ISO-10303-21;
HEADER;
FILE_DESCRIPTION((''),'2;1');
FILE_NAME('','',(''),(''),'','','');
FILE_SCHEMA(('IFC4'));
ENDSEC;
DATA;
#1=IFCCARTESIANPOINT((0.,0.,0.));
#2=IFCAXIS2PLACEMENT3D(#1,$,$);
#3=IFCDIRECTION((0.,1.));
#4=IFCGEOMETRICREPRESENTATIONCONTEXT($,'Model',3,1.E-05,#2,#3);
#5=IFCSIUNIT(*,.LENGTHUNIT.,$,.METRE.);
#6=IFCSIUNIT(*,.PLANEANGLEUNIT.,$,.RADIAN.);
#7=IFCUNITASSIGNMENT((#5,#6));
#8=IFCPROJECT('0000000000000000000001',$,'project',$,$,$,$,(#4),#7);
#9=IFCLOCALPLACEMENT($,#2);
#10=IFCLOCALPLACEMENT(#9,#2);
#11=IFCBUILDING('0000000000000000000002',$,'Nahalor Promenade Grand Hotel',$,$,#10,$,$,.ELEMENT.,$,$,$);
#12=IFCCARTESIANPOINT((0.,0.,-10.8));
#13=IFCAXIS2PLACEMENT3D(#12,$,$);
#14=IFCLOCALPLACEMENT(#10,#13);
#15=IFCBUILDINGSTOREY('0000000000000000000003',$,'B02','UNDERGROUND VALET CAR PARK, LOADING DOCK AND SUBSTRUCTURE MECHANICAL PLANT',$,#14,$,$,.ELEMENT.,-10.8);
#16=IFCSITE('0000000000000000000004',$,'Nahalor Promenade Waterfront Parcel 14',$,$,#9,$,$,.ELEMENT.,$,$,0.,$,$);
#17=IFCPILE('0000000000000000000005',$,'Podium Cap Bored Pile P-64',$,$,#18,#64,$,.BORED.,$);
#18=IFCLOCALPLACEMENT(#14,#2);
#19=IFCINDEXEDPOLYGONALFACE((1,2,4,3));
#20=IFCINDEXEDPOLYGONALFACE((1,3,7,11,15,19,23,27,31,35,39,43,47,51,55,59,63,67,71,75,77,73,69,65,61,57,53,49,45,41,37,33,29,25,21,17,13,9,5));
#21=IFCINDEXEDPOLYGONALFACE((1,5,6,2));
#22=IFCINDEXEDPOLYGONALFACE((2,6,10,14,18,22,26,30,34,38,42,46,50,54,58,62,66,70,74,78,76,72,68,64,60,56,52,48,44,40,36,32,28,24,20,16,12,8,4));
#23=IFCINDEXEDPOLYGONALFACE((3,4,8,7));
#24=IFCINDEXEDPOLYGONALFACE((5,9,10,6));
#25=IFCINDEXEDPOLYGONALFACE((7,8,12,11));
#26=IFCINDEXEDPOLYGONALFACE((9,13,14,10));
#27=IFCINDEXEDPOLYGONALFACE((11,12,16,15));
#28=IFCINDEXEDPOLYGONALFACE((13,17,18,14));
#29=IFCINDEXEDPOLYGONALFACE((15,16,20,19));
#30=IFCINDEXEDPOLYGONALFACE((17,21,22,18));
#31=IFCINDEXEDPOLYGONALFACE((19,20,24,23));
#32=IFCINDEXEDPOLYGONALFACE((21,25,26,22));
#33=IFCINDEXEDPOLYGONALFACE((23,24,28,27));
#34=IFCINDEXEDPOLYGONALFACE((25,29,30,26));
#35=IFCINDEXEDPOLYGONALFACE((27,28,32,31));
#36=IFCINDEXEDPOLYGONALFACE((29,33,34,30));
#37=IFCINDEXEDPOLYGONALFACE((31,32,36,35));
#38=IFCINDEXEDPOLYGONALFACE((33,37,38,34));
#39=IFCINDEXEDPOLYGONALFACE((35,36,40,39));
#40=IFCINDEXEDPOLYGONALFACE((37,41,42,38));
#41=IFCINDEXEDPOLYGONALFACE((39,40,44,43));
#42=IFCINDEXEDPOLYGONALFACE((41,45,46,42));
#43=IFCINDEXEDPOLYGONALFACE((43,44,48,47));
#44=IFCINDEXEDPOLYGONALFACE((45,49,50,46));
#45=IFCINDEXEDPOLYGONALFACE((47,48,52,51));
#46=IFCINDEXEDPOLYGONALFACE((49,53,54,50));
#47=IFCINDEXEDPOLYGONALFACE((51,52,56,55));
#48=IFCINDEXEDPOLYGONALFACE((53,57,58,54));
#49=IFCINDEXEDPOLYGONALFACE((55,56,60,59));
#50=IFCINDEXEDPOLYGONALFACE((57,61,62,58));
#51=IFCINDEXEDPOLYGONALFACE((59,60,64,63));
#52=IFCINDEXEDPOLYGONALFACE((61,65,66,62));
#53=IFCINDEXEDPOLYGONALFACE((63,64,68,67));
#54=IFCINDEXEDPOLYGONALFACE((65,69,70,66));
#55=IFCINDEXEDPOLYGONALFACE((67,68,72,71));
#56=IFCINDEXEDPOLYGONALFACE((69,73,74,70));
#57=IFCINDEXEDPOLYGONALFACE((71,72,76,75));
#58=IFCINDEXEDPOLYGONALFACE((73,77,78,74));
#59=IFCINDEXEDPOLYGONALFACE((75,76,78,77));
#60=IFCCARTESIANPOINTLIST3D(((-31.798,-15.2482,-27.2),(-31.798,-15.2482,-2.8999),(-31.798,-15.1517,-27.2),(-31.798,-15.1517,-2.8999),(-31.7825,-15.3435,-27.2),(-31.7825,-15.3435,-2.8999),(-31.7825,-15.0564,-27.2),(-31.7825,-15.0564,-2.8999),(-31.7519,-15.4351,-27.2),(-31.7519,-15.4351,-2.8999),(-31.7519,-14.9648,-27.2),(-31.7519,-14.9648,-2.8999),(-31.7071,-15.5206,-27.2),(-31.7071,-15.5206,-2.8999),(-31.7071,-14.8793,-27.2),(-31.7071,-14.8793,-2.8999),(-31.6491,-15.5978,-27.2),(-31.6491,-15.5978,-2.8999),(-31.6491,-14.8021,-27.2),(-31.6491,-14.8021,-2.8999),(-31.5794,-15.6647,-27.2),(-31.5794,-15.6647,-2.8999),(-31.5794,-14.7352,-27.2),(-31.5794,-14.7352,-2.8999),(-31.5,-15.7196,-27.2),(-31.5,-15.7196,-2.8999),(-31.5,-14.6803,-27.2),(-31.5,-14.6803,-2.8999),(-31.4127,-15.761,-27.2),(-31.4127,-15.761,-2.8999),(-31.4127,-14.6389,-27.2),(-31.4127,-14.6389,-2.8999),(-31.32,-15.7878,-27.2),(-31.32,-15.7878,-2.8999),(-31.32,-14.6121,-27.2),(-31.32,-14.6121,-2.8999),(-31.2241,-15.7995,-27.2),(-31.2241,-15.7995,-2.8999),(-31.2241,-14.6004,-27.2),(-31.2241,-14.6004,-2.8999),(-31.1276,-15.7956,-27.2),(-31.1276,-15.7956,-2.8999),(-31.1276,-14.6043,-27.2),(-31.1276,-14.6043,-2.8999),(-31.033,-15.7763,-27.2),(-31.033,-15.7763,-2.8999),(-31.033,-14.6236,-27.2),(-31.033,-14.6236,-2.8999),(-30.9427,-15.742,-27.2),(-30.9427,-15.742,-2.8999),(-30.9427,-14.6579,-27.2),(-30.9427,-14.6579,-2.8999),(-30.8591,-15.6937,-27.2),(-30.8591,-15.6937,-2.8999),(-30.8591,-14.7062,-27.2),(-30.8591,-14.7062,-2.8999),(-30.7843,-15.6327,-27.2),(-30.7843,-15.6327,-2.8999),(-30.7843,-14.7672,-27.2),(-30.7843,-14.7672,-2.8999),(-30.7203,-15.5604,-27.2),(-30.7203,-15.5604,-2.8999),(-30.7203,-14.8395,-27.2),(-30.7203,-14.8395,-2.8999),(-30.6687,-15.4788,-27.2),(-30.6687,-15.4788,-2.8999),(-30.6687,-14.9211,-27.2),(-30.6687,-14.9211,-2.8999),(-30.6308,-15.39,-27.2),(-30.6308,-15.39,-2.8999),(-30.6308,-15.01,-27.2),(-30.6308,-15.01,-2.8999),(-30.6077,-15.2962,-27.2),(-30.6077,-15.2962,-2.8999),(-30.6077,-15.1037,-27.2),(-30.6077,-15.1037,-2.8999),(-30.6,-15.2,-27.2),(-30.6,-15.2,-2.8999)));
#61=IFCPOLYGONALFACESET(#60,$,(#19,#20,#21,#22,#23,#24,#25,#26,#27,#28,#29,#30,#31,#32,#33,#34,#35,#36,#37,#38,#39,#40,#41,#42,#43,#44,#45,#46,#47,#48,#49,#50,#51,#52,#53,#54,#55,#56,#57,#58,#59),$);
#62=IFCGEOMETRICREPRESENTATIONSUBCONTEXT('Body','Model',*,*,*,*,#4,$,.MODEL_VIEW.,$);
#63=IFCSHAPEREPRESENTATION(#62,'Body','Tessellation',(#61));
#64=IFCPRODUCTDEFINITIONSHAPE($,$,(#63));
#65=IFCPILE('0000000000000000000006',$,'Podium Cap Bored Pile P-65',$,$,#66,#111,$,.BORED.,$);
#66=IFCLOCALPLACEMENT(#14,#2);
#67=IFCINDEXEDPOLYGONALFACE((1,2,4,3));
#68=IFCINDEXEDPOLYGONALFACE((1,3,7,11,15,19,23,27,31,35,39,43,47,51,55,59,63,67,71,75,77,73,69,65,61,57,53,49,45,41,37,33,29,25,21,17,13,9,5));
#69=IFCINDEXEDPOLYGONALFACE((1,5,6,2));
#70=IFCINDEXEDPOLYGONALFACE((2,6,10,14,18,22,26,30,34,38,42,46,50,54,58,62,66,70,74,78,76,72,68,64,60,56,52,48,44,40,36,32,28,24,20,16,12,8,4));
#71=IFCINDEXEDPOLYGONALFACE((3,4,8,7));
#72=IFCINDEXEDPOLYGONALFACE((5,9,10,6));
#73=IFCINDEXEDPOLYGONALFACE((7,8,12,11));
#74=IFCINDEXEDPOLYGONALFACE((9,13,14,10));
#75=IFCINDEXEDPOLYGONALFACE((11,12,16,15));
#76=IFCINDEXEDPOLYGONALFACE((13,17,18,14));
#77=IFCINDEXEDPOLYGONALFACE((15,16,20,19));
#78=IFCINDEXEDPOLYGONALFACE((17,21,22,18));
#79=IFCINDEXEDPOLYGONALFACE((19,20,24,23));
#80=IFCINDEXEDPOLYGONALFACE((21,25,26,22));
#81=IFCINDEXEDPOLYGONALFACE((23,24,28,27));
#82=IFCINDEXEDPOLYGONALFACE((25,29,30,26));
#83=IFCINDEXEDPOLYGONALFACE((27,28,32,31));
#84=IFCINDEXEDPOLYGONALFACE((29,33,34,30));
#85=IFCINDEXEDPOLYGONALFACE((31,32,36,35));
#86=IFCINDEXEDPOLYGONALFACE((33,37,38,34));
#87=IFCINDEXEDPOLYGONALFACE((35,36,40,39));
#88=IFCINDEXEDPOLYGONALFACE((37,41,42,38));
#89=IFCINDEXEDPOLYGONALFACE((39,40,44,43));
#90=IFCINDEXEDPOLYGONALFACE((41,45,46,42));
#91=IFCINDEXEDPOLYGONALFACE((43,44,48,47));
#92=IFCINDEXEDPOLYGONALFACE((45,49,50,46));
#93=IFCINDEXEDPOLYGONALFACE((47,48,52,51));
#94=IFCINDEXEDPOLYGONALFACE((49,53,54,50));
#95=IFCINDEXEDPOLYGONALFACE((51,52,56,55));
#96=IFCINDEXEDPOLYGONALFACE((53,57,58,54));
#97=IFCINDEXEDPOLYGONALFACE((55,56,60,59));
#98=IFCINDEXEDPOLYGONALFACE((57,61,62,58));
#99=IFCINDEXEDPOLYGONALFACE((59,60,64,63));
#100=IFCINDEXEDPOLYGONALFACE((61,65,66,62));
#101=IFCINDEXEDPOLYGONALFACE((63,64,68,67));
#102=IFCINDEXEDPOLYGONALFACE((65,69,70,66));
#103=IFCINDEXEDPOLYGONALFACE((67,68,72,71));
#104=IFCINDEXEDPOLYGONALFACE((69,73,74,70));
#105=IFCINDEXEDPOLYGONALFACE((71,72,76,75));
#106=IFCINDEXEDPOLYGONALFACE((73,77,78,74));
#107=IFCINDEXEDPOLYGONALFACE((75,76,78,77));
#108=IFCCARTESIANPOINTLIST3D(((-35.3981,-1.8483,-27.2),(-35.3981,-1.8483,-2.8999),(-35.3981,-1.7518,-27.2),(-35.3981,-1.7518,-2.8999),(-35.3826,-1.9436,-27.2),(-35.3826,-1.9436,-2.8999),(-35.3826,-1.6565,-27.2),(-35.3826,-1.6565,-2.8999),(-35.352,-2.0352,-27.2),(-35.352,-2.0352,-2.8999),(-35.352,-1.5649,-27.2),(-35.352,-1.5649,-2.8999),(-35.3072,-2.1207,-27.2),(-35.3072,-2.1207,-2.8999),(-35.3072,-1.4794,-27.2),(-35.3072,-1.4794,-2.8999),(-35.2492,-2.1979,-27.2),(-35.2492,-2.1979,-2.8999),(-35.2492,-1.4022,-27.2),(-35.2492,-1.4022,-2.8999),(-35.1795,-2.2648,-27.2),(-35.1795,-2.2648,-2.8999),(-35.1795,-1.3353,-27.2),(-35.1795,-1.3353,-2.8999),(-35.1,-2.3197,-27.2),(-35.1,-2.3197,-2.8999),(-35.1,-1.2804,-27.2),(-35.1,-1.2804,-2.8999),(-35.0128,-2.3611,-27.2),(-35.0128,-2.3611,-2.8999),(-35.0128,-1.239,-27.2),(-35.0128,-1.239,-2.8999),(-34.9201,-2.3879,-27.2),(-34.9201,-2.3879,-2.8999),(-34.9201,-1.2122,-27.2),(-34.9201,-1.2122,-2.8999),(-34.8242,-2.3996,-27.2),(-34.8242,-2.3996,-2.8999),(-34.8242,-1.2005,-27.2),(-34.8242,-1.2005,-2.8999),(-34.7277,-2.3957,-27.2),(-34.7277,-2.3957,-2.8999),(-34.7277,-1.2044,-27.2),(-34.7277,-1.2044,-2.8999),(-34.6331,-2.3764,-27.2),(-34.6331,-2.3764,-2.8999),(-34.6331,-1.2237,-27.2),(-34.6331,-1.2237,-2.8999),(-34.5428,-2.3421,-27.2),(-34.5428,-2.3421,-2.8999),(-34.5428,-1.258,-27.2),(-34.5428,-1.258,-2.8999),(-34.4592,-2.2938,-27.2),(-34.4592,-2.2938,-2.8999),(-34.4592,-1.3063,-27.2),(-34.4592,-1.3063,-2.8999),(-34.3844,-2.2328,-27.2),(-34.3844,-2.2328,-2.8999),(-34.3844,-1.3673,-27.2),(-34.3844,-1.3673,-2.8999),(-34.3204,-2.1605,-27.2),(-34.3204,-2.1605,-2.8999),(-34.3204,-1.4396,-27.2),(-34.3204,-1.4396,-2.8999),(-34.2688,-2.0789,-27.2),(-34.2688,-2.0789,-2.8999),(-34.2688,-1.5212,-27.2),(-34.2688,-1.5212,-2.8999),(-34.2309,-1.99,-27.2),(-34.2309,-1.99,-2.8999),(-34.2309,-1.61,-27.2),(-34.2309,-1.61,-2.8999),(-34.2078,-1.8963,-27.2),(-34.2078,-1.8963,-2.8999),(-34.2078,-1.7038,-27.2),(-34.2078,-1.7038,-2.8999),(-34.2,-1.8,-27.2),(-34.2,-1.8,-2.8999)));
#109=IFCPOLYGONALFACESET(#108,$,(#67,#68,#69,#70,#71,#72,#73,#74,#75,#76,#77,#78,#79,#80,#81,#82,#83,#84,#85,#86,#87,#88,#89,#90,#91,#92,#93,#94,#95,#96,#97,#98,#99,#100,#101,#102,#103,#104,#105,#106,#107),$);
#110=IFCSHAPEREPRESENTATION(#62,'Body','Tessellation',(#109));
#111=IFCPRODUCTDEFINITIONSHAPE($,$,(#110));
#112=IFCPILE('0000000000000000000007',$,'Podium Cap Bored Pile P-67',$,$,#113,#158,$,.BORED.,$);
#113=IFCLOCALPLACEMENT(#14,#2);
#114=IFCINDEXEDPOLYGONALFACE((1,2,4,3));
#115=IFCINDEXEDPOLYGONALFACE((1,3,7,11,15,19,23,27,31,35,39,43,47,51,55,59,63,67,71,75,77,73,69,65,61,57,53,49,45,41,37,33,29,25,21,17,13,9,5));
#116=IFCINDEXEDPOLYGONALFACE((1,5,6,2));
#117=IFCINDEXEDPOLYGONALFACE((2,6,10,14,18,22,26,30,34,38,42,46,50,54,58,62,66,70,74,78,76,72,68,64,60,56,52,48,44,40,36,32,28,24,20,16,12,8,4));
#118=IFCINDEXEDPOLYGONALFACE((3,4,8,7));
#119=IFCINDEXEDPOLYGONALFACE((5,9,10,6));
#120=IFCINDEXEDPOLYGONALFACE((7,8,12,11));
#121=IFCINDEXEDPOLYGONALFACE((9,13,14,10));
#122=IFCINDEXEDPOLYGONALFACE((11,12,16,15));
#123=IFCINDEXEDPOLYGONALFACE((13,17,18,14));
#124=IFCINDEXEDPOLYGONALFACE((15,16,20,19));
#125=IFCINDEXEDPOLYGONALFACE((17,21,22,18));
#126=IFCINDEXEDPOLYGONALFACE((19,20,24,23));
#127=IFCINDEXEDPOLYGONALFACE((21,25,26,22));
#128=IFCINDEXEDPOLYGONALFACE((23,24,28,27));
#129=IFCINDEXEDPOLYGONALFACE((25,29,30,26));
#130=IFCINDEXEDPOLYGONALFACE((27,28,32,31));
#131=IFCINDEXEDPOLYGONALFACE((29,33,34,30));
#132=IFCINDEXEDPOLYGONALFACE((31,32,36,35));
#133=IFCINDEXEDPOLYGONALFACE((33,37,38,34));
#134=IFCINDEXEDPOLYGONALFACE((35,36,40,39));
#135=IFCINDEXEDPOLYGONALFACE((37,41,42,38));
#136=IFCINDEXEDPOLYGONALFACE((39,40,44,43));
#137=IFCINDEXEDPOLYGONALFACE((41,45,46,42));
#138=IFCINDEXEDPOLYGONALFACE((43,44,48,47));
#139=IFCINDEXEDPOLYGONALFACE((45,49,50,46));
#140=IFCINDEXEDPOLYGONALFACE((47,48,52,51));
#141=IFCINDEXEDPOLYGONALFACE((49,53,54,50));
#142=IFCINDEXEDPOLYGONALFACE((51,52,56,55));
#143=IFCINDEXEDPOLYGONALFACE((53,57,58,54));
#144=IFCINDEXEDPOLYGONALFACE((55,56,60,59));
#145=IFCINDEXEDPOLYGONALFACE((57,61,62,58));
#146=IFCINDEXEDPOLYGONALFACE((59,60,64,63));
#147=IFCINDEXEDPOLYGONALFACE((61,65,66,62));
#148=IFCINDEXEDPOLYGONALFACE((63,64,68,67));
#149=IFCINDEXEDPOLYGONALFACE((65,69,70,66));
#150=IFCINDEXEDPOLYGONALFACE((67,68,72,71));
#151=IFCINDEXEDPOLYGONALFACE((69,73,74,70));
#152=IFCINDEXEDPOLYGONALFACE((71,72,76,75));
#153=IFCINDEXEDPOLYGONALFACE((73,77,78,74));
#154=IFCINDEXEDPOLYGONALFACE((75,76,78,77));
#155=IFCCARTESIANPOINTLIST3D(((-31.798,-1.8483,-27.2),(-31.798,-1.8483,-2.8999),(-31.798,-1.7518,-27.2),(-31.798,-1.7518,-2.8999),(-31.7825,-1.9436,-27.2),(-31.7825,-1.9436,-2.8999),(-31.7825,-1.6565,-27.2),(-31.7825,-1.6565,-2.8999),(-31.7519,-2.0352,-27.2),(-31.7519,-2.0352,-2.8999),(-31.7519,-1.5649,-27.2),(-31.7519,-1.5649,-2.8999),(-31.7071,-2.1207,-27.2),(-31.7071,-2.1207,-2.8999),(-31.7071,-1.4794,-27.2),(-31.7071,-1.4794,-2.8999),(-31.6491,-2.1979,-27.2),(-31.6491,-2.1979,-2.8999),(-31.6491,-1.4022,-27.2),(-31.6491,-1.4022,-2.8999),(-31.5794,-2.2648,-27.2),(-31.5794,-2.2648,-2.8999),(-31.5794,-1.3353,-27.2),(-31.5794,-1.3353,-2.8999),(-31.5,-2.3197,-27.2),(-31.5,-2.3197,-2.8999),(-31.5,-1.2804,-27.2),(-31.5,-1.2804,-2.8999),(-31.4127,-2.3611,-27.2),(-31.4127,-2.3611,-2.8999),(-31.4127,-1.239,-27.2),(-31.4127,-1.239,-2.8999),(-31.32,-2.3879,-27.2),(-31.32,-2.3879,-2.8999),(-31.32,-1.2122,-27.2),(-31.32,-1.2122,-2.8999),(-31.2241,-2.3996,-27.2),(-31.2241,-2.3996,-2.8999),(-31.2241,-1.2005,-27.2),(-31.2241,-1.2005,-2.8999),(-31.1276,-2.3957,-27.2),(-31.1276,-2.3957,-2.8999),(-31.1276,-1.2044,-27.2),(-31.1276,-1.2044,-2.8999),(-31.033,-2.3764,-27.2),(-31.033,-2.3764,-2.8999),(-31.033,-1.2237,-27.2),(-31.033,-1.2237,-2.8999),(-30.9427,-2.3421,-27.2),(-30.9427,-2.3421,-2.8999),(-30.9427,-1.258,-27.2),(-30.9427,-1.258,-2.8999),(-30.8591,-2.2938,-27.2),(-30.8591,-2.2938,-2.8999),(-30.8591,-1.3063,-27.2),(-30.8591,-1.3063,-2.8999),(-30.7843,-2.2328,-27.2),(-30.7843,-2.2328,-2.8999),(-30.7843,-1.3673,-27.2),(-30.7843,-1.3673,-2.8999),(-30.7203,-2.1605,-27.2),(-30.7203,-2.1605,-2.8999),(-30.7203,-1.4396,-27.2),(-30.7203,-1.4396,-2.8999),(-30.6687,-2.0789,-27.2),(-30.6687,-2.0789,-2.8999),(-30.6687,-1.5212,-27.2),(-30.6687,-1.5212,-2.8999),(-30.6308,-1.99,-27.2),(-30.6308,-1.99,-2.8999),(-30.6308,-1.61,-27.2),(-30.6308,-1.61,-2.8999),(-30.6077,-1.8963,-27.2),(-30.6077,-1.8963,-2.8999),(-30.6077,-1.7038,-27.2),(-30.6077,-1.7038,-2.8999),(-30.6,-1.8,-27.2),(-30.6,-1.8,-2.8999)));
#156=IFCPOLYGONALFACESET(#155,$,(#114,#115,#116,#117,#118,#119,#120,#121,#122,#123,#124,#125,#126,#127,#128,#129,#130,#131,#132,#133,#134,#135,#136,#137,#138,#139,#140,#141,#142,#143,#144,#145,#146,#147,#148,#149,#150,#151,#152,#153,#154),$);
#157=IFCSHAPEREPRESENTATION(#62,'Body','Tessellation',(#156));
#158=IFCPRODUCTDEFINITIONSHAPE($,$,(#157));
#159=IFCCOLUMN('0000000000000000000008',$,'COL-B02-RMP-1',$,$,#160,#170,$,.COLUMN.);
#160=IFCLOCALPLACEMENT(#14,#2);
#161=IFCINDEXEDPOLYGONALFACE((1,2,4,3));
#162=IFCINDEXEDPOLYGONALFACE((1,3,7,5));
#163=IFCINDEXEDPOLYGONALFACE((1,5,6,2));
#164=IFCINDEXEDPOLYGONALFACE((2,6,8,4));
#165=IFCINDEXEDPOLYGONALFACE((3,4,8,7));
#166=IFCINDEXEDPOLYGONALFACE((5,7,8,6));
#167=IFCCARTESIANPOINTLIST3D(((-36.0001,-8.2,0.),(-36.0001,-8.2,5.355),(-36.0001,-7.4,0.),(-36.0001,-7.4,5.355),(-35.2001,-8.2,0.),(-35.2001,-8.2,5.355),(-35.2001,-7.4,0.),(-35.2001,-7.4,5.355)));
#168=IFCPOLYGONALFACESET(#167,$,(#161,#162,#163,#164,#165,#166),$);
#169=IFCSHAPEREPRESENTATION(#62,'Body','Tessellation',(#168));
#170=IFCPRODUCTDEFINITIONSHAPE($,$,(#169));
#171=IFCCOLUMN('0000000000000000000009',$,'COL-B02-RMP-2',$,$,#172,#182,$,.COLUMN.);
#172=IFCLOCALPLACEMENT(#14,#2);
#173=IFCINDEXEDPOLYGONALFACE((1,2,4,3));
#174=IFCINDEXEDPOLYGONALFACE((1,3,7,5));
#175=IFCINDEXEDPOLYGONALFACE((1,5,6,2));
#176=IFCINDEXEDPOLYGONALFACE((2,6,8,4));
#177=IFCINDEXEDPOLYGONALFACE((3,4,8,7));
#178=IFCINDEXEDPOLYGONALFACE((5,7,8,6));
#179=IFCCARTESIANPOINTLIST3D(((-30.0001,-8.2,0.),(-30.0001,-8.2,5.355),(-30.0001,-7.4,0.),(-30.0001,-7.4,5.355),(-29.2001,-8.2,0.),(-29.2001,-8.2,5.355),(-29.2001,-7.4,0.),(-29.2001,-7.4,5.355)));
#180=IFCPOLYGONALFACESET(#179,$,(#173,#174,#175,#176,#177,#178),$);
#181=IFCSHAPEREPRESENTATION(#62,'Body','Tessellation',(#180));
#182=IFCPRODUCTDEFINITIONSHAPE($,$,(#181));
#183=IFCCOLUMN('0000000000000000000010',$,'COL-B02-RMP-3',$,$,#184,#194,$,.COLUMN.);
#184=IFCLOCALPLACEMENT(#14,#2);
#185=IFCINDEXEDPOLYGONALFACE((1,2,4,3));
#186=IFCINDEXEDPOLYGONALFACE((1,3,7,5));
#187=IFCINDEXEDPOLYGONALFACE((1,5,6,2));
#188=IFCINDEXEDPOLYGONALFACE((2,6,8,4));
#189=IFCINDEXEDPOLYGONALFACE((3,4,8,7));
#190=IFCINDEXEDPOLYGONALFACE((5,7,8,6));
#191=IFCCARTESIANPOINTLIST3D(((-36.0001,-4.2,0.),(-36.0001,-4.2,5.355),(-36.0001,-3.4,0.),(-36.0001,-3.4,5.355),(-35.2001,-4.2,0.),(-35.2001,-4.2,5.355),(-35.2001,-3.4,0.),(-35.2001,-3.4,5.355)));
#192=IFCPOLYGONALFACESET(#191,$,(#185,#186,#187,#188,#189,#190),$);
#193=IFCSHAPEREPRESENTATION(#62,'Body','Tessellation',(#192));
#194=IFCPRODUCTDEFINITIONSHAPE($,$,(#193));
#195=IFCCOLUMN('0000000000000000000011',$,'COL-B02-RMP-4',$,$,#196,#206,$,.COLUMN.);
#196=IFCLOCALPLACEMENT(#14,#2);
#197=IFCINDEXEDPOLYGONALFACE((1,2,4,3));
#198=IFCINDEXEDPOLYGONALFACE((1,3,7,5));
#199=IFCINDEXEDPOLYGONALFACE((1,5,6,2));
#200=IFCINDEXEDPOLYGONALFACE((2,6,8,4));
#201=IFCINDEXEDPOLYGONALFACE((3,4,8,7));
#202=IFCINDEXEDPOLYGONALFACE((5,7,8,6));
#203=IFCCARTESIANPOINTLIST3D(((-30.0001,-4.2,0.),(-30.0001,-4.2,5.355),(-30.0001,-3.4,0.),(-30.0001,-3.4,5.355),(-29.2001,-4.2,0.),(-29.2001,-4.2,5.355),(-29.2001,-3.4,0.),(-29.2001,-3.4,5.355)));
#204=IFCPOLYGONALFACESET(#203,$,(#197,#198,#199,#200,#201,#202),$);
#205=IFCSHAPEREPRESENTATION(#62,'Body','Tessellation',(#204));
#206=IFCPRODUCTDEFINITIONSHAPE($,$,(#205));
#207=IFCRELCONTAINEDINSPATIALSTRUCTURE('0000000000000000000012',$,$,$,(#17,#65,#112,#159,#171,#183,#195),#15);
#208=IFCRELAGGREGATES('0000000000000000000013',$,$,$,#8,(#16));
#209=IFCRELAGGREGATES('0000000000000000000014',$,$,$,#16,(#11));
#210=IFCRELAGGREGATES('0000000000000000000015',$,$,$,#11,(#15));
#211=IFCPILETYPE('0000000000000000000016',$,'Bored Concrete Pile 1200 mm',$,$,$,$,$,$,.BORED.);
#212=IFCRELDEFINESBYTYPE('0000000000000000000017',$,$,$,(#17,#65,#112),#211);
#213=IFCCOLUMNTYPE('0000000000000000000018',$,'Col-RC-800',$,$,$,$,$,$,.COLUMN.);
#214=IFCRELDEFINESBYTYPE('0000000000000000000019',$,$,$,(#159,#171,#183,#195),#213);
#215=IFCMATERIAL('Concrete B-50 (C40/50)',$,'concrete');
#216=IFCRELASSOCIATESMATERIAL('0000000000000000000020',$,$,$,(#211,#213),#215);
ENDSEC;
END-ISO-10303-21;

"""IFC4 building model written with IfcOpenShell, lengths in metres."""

from ifc_helpers import new_model, si_unit, direction, frame, origin, origin_2d, place, context, subcontext, project, spatial, rectangle, circle, extrude, source, transform, mapped, material, material_profile, profile_set, type_object, element, save


model = new_model("IFC4")

# Units and contexts
model_context = context("Model", 3, precision=1e-05, world=origin(), true_north=direction((0.0, 1.0)))
body_context = subcontext(model_context, "Body", "Model", "MODEL_VIEW")
ifc_project = project(units=[si_unit("LENGTHUNIT", "METRE"), si_unit("PLANEANGLEUNIT", "RADIAN")], contexts=[model_context])

# Site, building, storey
site_placement = place(None, origin())
site = spatial("IfcSite", under=ifc_project, at=site_placement, Name="Nahalor Promenade Waterfront Parcel 14", CompositionType="ELEMENT", RefElevation=0.0)
building_placement = place(site_placement, origin())
building = spatial("IfcBuilding", under=site, at=building_placement, Name="Nahalor Promenade Grand Hotel", CompositionType="ELEMENT")
storey_placement = place(building_placement, frame((0.0, 0.0, -10.8)))
storey = spatial("IfcBuildingStorey", under=building, at=storey_placement, Name="B02", Description="UNDERGROUND VALET CAR PARK, LOADING DOCK AND SUBSTRUCTURE MECHANICAL PLANT", CompositionType="ELEMENT", Elevation=-10.8)

# Piles
ifc_material_1 = material(Name="Concrete B-50 (C40/50)", Category="concrete")
ifc_material_profile_1 = material_profile(ifc_material_1, circle(Radius=0.6, at=origin_2d()), Name="PILE D1200")
ifc_profile_set_1 = profile_set([ifc_material_profile_1], Name="Concrete B-50 (C40/50)")
pile_type_1 = type_object("IfcPileType", Name="Bored Concrete Pile 1200 mm", PredefinedType="BORED", material=ifc_profile_set_1)
shared_shape_1 = source(origin(), body_context, "Body", "SweptSolid", [
    extrude(circle(Radius=0.6, at=origin_2d()), origin(), (0.0, 0.0, 1.0), 24.3),
])
for number, where, z_axis, x_axis, name in (
    (1, (-31.2, -15.2, -2.8999), (0.0, 0.0, -1.0), (1.0, 0.0, 0.0), "Podium Cap Bored Pile P-64"),
    (2, (-34.8, -1.8, -2.8999), (0.0, 0.0, -1.0), (1.0, 0.0, 0.0), "Podium Cap Bored Pile P-65"),
    (3, (-31.2, -1.8, -2.8999), (0.0, 0.0, -1.0), (1.0, 0.0, 0.0), "Podium Cap Bored Pile P-67"),
):
    element("IfcPile", number, at=place(storey_placement, frame(where, z_axis=z_axis, x_axis=x_axis)), inside=storey, type_object=pile_type_1, Name=name, PredefinedType="BORED", context=body_context, shape_type="MappedRepresentation", body=[
        mapped(shared_shape_1, transform((0.0, 0.0, 0.0), scale=1.0)),
    ])

# Columns
ifc_material_profile_2 = material_profile(ifc_material_1, rectangle(XDim=0.8, YDim=0.8, at=origin_2d()), Name="RC 800x800")
ifc_profile_set_2 = profile_set([ifc_material_profile_2], Name="Concrete B-50 (C40/50)")
column_type_1 = type_object("IfcColumnType", Name="Col-RC-800", PredefinedType="COLUMN", material=ifc_profile_set_2)
shared_shape_2 = source(origin(), body_context, "Body", "SweptSolid", [
    extrude(rectangle(XDim=0.8, YDim=0.8, at=origin_2d()), origin(), (0.0, 0.0, 1.0), 5.355),
])
for number, where, z_axis, x_axis, name in (
    (4, (-35.6001, -7.8, 0.0), (0.0, 0.0, 1.0), (1.0, 0.0, 0.0), "COL-B02-RMP-1"),
    (5, (-29.6001, -7.8, 0.0), (0.0, 0.0, 1.0), (1.0, 0.0, 0.0), "COL-B02-RMP-2"),
    (6, (-35.6001, -3.8, 0.0), (0.0, 0.0, 1.0), (1.0, 0.0, 0.0), "COL-B02-RMP-3"),
    (7, (-29.6001, -3.8, 0.0), (0.0, 0.0, 1.0), (1.0, 0.0, 0.0), "COL-B02-RMP-4"),
):
    element("IfcColumn", number, at=place(storey_placement, frame(where, z_axis=z_axis, x_axis=x_axis)), inside=storey, type_object=column_type_1, Name=name, PredefinedType="COLUMN", context=body_context, shape_type="MappedRepresentation", body=[
        mapped(shared_shape_2, transform((0.0, 0.0, 0.0), scale=1.0)),
    ])

save(model, "model.ifc")
